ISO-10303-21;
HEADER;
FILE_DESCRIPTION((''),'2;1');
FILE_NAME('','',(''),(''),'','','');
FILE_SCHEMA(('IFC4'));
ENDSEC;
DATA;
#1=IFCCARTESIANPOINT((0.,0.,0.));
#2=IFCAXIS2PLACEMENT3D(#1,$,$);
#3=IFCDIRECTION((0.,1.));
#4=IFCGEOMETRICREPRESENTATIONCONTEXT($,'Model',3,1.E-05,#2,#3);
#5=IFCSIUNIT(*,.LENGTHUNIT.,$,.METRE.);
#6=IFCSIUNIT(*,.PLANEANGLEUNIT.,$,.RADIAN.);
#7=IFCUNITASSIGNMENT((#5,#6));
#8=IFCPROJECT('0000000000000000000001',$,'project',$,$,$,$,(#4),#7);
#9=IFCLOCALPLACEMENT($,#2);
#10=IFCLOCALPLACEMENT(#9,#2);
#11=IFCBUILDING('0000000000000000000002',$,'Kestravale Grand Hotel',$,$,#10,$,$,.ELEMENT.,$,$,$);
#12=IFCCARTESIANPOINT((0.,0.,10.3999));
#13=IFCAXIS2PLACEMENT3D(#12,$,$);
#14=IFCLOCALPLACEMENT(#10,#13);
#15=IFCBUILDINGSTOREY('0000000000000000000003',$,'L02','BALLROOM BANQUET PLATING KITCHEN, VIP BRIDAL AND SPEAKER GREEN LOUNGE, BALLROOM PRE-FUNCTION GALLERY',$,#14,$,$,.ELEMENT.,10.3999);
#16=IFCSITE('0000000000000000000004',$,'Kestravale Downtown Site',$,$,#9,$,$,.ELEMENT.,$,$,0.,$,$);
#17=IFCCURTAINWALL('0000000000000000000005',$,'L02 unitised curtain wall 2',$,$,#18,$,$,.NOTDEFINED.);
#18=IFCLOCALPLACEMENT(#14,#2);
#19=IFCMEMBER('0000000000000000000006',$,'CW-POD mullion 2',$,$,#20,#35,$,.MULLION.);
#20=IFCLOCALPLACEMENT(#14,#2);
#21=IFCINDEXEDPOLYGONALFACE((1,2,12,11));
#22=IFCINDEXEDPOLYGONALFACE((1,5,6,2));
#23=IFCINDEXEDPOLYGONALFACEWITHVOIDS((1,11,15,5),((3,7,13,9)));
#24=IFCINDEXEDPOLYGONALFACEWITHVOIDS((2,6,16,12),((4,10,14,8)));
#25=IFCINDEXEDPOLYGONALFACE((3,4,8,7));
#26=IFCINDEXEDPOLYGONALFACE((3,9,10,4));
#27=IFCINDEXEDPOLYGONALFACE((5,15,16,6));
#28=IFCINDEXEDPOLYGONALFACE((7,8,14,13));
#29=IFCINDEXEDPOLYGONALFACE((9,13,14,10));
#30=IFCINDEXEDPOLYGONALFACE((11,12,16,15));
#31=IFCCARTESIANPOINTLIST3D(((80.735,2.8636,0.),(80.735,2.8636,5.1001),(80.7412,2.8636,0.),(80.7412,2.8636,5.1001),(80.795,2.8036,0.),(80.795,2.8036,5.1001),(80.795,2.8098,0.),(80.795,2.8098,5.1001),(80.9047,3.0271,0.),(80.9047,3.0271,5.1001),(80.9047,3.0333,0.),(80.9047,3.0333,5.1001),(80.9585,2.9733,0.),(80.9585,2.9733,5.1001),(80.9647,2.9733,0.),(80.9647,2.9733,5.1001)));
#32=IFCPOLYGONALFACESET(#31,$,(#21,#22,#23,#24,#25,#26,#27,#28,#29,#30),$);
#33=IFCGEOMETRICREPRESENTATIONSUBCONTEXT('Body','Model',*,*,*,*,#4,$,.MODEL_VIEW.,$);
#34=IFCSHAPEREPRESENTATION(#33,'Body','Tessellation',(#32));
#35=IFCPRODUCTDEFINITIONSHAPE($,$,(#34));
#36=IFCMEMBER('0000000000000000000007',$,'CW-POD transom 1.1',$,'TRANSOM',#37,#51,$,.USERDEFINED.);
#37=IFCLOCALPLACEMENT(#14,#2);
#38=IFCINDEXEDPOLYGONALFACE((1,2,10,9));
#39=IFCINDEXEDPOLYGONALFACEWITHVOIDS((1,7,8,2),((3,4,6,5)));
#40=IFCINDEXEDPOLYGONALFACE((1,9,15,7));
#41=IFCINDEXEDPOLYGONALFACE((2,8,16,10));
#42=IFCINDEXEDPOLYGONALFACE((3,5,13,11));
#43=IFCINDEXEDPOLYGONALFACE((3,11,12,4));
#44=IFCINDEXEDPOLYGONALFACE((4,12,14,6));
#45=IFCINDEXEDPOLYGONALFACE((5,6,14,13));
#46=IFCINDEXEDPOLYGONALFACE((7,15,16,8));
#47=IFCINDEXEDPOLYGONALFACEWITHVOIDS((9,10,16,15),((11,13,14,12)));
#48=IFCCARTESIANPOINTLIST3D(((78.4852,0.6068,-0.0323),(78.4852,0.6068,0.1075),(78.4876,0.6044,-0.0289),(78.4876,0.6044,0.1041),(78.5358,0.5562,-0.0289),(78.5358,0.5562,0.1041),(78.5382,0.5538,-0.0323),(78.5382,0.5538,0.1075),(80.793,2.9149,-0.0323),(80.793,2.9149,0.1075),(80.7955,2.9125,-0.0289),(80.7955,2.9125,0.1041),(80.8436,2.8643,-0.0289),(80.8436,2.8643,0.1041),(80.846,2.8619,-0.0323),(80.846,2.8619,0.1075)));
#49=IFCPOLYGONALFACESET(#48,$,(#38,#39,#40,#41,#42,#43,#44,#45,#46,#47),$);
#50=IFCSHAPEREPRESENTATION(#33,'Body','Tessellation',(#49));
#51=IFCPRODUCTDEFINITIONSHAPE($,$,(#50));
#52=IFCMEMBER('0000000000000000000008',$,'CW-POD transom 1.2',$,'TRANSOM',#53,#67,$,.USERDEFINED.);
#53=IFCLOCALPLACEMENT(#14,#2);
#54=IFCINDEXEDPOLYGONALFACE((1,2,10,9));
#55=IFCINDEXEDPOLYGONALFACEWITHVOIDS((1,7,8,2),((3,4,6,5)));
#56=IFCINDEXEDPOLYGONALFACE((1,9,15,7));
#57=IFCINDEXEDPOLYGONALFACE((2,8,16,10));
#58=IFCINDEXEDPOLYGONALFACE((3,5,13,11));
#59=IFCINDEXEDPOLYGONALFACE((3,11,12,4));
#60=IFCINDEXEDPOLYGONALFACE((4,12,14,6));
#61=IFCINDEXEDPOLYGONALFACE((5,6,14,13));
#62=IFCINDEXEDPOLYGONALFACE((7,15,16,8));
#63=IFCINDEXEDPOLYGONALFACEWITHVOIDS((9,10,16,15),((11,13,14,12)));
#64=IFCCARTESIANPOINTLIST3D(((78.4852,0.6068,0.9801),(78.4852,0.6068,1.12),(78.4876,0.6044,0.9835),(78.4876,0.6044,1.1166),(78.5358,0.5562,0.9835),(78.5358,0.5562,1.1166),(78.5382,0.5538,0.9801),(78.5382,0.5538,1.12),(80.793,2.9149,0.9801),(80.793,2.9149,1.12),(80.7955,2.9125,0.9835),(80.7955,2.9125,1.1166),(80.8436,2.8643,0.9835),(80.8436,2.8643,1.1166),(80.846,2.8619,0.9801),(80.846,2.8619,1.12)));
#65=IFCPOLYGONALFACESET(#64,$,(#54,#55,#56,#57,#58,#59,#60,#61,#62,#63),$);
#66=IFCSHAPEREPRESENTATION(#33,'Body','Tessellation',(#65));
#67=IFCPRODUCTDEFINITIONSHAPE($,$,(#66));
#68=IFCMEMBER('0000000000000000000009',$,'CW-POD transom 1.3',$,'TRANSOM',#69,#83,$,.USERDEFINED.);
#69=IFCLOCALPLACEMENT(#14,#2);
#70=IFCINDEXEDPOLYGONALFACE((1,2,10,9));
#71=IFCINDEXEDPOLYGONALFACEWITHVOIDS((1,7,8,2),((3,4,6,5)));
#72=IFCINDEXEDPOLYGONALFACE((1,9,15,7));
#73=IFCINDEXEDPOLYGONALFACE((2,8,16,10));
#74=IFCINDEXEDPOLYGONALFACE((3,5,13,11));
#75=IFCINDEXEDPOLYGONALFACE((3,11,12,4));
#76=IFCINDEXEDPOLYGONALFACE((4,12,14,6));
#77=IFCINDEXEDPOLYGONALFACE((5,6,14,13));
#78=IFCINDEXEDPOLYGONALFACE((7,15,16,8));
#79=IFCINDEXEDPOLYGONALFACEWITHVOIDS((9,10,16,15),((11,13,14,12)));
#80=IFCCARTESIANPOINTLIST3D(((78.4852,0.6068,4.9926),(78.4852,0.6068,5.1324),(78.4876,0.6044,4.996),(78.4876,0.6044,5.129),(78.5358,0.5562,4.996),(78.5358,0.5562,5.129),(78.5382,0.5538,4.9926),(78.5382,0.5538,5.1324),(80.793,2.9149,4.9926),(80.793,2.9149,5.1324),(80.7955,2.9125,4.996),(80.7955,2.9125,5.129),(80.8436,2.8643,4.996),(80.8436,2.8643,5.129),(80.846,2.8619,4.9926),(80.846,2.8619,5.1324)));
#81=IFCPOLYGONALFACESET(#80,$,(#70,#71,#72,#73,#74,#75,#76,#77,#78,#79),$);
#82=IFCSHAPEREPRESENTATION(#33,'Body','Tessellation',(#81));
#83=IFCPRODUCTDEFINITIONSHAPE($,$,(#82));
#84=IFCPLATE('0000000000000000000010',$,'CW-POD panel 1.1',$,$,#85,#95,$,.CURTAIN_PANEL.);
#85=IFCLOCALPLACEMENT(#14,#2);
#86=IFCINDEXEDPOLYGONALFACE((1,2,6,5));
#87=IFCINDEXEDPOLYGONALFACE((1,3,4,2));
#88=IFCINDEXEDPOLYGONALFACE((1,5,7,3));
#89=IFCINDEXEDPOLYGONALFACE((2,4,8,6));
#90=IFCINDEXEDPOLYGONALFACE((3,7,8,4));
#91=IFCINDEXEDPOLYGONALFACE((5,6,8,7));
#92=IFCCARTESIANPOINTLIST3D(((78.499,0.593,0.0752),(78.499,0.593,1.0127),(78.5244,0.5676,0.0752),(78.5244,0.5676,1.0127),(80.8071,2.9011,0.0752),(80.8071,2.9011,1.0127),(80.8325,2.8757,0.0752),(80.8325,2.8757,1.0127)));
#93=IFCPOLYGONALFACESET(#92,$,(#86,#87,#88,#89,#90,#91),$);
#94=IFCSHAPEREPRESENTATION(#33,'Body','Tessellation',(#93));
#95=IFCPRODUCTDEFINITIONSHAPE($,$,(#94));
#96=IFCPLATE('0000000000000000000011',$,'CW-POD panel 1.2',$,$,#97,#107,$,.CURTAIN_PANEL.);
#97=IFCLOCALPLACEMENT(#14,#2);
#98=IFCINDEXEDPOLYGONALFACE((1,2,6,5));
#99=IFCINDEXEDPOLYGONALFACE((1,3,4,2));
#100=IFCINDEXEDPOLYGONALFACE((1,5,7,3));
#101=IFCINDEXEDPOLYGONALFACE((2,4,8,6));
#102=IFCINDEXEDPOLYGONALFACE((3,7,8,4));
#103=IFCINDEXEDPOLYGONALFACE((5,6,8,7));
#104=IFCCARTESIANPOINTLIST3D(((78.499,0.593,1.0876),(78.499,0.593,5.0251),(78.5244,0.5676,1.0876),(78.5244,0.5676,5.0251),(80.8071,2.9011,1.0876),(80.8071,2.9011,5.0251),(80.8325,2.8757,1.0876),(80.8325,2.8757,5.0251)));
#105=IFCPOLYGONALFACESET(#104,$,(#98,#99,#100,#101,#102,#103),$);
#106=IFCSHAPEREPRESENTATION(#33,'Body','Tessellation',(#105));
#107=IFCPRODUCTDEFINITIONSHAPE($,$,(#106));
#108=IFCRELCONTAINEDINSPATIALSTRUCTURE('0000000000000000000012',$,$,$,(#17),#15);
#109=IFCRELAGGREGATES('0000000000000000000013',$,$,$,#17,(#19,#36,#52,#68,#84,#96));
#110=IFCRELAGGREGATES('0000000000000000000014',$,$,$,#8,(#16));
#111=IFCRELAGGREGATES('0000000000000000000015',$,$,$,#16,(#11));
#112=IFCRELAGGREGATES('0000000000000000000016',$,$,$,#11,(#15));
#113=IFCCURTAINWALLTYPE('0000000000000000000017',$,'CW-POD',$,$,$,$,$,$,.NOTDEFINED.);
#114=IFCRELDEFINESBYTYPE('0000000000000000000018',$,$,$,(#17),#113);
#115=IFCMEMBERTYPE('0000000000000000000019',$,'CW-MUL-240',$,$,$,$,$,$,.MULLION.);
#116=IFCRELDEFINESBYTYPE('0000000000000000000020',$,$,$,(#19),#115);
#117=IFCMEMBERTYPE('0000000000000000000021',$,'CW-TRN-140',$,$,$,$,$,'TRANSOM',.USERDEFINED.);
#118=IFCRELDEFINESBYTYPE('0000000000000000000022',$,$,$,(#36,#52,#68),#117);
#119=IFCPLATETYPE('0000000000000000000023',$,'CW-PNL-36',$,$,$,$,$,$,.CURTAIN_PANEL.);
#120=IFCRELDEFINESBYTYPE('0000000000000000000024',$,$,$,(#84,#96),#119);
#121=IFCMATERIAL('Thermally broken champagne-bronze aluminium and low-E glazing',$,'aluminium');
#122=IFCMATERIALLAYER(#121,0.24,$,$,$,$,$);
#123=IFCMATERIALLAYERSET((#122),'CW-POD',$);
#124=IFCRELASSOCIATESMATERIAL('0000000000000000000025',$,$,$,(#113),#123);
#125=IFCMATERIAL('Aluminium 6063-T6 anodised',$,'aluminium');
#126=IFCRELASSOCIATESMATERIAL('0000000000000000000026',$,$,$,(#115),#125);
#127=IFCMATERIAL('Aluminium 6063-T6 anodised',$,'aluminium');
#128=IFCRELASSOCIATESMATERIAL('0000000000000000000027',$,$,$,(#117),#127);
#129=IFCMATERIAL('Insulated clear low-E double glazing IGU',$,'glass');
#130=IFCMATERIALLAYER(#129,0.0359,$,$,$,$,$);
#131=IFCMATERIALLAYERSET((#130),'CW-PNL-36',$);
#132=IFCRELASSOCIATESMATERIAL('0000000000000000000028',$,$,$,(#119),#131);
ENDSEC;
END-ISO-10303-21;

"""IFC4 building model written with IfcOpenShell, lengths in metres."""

from ifc_helpers import new_model, si_unit, direction, frame, origin, origin_2d, place, context, subcontext, project, spatial, rectangle, hollow_rectangle, extrude, material, layer, layer_set, material_profile, profile_set, type_object, element, aggregate, save


model = new_model("IFC4")

# Units and contexts
model_context = context("Model", 3, precision=1e-05, world=origin(), true_north=direction((0.0, 1.0)))
body_context = subcontext(model_context, "Body", "Model", "MODEL_VIEW")
ifc_project = project(units=[si_unit("LENGTHUNIT", "METRE"), si_unit("PLANEANGLEUNIT", "RADIAN")], contexts=[model_context])

# Site, building, storey
site_placement = place(None, origin())
site = spatial("IfcSite", under=ifc_project, at=site_placement, Name="Kestravale Downtown Site", CompositionType="ELEMENT", RefElevation=0.0)
building_placement = place(site_placement, origin())
building = spatial("IfcBuilding", under=site, at=building_placement, Name="Kestravale Grand Hotel", CompositionType="ELEMENT")
storey_placement = place(building_placement, frame((0.0, 0.0, 10.3999)))
storey = spatial("IfcBuildingStorey", under=building, at=storey_placement, Name="L02", Description="BALLROOM BANQUET PLATING KITCHEN, VIP BRIDAL AND SPEAKER GREEN LOUNGE, BALLROOM PRE-FUNCTION GALLERY", CompositionType="ELEMENT", Elevation=10.3999)

# Curtain wall, members, plates
ifc_material_1 = material(Name="Thermally broken champagne-bronze aluminium and low-E glazing", Category="aluminium")
ifc_layer_1 = layer(ifc_material_1, 0.24)
ifc_layer_set_1 = layer_set([ifc_layer_1], Name="CW-POD")
curtain_wall_type = type_object("IfcCurtainWallType", Name="CW-POD", PredefinedType="NOTDEFINED", material=ifc_layer_set_1)
curtain_wall_placement = place(storey_placement, origin())
curtain_wall = element("IfcCurtainWall", 1, at=curtain_wall_placement, inside=storey, type_object=curtain_wall_type, Name="L02 unitised curtain wall 2", PredefinedType="NOTDEFINED")
ifc_material_2 = material(Name="Aluminium 6063-T6 anodised", Category="aluminium")
ifc_material_profile_1 = material_profile(ifc_material_2, hollow_rectangle(XDim=0.085, YDim=0.24, WallThickness=0.0044, at=origin_2d()))
ifc_profile_set_1 = profile_set([ifc_material_profile_1], Name="Aluminium 6063-T6 anodised")
member_type_1 = type_object("IfcMemberType", Name="CW-MUL-240", PredefinedType="MULLION", material=ifc_profile_set_1)
member_1_placement = place(storey_placement, frame((80.8499, 2.9185, 0.0), z_axis=(0.0, 0.0, 1.0), x_axis=(-0.707107, 0.707107, 0.0)))
member_1 = element("IfcMember", 2, at=member_1_placement, type_object=member_type_1, Name="CW-POD mullion 2", PredefinedType="MULLION", context=body_context, shape_type="SweptSolid", body=[
    extrude(hollow_rectangle(XDim=0.085, YDim=0.24, WallThickness=0.0044, at=origin_2d()), origin(), (0.0, 0.0, 1.0), 5.1001),
])
ifc_material_3 = material(Name="Aluminium 6063-T6 anodised", Category="aluminium")
ifc_material_profile_2 = material_profile(ifc_material_3, hollow_rectangle(XDim=0.075, YDim=0.1399, WallThickness=0.0034, at=origin_2d()))
ifc_profile_set_2 = profile_set([ifc_material_profile_2], Name="Aluminium 6063-T6 anodised")
member_type_2 = type_object("IfcMemberType", Name="CW-TRN-140", ElementType="TRANSOM", PredefinedType="USERDEFINED", material=ifc_profile_set_2)
member_2_placement = place(storey_placement, frame((78.5117, 0.5803, 0.0376), z_axis=(0.707069, 0.707144, 0.0), x_axis=(-0.707144, 0.707069, 0.0)))
member_2 = element("IfcMember", 3, at=member_2_placement, type_object=member_type_2, Name="CW-POD transom 1.1", ObjectType="TRANSOM", PredefinedType="USERDEFINED", context=body_context, shape_type="SweptSolid", body=[
    extrude(hollow_rectangle(XDim=0.075, YDim=0.1399, WallThickness=0.0034, at=origin_2d()), origin(), (0.0, 0.0, 1.0), 3.2639),
])
member_3_placement = place(storey_placement, frame((78.5117, 0.5803, 1.05), z_axis=(0.707069, 0.707144, 0.0), x_axis=(-0.707144, 0.707069, 0.0)))
member_3 = element("IfcMember", 4, at=member_3_placement, type_object=member_type_2, Name="CW-POD transom 1.2", ObjectType="TRANSOM", PredefinedType="USERDEFINED", context=body_context, shape_type="SweptSolid", body=[
    extrude(hollow_rectangle(XDim=0.075, YDim=0.1399, WallThickness=0.0034, at=origin_2d()), origin(), (0.0, 0.0, 1.0), 3.2639),
])
member_4_placement = place(storey_placement, frame((78.5117, 0.5803, 5.0625), z_axis=(0.707069, 0.707144, 0.0), x_axis=(-0.707144, 0.707069, 0.0)))
member_4 = element("IfcMember", 5, at=member_4_placement, type_object=member_type_2, Name="CW-POD transom 1.3", ObjectType="TRANSOM", PredefinedType="USERDEFINED", context=body_context, shape_type="SweptSolid", body=[
    extrude(hollow_rectangle(XDim=0.075, YDim=0.1399, WallThickness=0.0034, at=origin_2d()), origin(), (0.0, 0.0, 1.0), 3.2639),
])
ifc_material_4 = material(Name="Insulated clear low-E double glazing IGU", Category="glass")
ifc_layer_2 = layer(ifc_material_4, 0.0359)
ifc_layer_set_2 = layer_set([ifc_layer_2], Name="CW-PNL-36")
plate_type = type_object("IfcPlateType", Name="CW-PNL-36", PredefinedType="CURTAIN_PANEL", material=ifc_layer_set_2)
plate_1_placement = place(storey_placement, frame((79.6658, 1.7344, 0.0752), z_axis=(0.0, 0.0, 1.0), x_axis=(0.707107, 0.707107, 0.0)))
plate_1 = element("IfcPlate", 6, at=plate_1_placement, type_object=plate_type, Name="CW-POD panel 1.1", PredefinedType="CURTAIN_PANEL", context=body_context, shape_type="SweptSolid", body=[
    extrude(rectangle(XDim=3.2642, YDim=0.0359, at=origin_2d()), origin(), (0.0, 0.0, 1.0), 0.9375),
])
plate_2_placement = place(storey_placement, frame((79.6658, 1.7344, 1.0876), z_axis=(0.0, 0.0, 1.0), x_axis=(0.707107, 0.707107, 0.0)))
plate_2 = element("IfcPlate", 7, at=plate_2_placement, type_object=plate_type, Name="CW-POD panel 1.2", PredefinedType="CURTAIN_PANEL", context=body_context, shape_type="SweptSolid", body=[
    extrude(rectangle(XDim=3.2642, YDim=0.0359, at=origin_2d()), origin(), (0.0, 0.0, 1.0), 3.9375),
])
aggregate(curtain_wall, [member_1, member_2, member_3, member_4, plate_1, plate_2])

save(model, "model.ifc")
